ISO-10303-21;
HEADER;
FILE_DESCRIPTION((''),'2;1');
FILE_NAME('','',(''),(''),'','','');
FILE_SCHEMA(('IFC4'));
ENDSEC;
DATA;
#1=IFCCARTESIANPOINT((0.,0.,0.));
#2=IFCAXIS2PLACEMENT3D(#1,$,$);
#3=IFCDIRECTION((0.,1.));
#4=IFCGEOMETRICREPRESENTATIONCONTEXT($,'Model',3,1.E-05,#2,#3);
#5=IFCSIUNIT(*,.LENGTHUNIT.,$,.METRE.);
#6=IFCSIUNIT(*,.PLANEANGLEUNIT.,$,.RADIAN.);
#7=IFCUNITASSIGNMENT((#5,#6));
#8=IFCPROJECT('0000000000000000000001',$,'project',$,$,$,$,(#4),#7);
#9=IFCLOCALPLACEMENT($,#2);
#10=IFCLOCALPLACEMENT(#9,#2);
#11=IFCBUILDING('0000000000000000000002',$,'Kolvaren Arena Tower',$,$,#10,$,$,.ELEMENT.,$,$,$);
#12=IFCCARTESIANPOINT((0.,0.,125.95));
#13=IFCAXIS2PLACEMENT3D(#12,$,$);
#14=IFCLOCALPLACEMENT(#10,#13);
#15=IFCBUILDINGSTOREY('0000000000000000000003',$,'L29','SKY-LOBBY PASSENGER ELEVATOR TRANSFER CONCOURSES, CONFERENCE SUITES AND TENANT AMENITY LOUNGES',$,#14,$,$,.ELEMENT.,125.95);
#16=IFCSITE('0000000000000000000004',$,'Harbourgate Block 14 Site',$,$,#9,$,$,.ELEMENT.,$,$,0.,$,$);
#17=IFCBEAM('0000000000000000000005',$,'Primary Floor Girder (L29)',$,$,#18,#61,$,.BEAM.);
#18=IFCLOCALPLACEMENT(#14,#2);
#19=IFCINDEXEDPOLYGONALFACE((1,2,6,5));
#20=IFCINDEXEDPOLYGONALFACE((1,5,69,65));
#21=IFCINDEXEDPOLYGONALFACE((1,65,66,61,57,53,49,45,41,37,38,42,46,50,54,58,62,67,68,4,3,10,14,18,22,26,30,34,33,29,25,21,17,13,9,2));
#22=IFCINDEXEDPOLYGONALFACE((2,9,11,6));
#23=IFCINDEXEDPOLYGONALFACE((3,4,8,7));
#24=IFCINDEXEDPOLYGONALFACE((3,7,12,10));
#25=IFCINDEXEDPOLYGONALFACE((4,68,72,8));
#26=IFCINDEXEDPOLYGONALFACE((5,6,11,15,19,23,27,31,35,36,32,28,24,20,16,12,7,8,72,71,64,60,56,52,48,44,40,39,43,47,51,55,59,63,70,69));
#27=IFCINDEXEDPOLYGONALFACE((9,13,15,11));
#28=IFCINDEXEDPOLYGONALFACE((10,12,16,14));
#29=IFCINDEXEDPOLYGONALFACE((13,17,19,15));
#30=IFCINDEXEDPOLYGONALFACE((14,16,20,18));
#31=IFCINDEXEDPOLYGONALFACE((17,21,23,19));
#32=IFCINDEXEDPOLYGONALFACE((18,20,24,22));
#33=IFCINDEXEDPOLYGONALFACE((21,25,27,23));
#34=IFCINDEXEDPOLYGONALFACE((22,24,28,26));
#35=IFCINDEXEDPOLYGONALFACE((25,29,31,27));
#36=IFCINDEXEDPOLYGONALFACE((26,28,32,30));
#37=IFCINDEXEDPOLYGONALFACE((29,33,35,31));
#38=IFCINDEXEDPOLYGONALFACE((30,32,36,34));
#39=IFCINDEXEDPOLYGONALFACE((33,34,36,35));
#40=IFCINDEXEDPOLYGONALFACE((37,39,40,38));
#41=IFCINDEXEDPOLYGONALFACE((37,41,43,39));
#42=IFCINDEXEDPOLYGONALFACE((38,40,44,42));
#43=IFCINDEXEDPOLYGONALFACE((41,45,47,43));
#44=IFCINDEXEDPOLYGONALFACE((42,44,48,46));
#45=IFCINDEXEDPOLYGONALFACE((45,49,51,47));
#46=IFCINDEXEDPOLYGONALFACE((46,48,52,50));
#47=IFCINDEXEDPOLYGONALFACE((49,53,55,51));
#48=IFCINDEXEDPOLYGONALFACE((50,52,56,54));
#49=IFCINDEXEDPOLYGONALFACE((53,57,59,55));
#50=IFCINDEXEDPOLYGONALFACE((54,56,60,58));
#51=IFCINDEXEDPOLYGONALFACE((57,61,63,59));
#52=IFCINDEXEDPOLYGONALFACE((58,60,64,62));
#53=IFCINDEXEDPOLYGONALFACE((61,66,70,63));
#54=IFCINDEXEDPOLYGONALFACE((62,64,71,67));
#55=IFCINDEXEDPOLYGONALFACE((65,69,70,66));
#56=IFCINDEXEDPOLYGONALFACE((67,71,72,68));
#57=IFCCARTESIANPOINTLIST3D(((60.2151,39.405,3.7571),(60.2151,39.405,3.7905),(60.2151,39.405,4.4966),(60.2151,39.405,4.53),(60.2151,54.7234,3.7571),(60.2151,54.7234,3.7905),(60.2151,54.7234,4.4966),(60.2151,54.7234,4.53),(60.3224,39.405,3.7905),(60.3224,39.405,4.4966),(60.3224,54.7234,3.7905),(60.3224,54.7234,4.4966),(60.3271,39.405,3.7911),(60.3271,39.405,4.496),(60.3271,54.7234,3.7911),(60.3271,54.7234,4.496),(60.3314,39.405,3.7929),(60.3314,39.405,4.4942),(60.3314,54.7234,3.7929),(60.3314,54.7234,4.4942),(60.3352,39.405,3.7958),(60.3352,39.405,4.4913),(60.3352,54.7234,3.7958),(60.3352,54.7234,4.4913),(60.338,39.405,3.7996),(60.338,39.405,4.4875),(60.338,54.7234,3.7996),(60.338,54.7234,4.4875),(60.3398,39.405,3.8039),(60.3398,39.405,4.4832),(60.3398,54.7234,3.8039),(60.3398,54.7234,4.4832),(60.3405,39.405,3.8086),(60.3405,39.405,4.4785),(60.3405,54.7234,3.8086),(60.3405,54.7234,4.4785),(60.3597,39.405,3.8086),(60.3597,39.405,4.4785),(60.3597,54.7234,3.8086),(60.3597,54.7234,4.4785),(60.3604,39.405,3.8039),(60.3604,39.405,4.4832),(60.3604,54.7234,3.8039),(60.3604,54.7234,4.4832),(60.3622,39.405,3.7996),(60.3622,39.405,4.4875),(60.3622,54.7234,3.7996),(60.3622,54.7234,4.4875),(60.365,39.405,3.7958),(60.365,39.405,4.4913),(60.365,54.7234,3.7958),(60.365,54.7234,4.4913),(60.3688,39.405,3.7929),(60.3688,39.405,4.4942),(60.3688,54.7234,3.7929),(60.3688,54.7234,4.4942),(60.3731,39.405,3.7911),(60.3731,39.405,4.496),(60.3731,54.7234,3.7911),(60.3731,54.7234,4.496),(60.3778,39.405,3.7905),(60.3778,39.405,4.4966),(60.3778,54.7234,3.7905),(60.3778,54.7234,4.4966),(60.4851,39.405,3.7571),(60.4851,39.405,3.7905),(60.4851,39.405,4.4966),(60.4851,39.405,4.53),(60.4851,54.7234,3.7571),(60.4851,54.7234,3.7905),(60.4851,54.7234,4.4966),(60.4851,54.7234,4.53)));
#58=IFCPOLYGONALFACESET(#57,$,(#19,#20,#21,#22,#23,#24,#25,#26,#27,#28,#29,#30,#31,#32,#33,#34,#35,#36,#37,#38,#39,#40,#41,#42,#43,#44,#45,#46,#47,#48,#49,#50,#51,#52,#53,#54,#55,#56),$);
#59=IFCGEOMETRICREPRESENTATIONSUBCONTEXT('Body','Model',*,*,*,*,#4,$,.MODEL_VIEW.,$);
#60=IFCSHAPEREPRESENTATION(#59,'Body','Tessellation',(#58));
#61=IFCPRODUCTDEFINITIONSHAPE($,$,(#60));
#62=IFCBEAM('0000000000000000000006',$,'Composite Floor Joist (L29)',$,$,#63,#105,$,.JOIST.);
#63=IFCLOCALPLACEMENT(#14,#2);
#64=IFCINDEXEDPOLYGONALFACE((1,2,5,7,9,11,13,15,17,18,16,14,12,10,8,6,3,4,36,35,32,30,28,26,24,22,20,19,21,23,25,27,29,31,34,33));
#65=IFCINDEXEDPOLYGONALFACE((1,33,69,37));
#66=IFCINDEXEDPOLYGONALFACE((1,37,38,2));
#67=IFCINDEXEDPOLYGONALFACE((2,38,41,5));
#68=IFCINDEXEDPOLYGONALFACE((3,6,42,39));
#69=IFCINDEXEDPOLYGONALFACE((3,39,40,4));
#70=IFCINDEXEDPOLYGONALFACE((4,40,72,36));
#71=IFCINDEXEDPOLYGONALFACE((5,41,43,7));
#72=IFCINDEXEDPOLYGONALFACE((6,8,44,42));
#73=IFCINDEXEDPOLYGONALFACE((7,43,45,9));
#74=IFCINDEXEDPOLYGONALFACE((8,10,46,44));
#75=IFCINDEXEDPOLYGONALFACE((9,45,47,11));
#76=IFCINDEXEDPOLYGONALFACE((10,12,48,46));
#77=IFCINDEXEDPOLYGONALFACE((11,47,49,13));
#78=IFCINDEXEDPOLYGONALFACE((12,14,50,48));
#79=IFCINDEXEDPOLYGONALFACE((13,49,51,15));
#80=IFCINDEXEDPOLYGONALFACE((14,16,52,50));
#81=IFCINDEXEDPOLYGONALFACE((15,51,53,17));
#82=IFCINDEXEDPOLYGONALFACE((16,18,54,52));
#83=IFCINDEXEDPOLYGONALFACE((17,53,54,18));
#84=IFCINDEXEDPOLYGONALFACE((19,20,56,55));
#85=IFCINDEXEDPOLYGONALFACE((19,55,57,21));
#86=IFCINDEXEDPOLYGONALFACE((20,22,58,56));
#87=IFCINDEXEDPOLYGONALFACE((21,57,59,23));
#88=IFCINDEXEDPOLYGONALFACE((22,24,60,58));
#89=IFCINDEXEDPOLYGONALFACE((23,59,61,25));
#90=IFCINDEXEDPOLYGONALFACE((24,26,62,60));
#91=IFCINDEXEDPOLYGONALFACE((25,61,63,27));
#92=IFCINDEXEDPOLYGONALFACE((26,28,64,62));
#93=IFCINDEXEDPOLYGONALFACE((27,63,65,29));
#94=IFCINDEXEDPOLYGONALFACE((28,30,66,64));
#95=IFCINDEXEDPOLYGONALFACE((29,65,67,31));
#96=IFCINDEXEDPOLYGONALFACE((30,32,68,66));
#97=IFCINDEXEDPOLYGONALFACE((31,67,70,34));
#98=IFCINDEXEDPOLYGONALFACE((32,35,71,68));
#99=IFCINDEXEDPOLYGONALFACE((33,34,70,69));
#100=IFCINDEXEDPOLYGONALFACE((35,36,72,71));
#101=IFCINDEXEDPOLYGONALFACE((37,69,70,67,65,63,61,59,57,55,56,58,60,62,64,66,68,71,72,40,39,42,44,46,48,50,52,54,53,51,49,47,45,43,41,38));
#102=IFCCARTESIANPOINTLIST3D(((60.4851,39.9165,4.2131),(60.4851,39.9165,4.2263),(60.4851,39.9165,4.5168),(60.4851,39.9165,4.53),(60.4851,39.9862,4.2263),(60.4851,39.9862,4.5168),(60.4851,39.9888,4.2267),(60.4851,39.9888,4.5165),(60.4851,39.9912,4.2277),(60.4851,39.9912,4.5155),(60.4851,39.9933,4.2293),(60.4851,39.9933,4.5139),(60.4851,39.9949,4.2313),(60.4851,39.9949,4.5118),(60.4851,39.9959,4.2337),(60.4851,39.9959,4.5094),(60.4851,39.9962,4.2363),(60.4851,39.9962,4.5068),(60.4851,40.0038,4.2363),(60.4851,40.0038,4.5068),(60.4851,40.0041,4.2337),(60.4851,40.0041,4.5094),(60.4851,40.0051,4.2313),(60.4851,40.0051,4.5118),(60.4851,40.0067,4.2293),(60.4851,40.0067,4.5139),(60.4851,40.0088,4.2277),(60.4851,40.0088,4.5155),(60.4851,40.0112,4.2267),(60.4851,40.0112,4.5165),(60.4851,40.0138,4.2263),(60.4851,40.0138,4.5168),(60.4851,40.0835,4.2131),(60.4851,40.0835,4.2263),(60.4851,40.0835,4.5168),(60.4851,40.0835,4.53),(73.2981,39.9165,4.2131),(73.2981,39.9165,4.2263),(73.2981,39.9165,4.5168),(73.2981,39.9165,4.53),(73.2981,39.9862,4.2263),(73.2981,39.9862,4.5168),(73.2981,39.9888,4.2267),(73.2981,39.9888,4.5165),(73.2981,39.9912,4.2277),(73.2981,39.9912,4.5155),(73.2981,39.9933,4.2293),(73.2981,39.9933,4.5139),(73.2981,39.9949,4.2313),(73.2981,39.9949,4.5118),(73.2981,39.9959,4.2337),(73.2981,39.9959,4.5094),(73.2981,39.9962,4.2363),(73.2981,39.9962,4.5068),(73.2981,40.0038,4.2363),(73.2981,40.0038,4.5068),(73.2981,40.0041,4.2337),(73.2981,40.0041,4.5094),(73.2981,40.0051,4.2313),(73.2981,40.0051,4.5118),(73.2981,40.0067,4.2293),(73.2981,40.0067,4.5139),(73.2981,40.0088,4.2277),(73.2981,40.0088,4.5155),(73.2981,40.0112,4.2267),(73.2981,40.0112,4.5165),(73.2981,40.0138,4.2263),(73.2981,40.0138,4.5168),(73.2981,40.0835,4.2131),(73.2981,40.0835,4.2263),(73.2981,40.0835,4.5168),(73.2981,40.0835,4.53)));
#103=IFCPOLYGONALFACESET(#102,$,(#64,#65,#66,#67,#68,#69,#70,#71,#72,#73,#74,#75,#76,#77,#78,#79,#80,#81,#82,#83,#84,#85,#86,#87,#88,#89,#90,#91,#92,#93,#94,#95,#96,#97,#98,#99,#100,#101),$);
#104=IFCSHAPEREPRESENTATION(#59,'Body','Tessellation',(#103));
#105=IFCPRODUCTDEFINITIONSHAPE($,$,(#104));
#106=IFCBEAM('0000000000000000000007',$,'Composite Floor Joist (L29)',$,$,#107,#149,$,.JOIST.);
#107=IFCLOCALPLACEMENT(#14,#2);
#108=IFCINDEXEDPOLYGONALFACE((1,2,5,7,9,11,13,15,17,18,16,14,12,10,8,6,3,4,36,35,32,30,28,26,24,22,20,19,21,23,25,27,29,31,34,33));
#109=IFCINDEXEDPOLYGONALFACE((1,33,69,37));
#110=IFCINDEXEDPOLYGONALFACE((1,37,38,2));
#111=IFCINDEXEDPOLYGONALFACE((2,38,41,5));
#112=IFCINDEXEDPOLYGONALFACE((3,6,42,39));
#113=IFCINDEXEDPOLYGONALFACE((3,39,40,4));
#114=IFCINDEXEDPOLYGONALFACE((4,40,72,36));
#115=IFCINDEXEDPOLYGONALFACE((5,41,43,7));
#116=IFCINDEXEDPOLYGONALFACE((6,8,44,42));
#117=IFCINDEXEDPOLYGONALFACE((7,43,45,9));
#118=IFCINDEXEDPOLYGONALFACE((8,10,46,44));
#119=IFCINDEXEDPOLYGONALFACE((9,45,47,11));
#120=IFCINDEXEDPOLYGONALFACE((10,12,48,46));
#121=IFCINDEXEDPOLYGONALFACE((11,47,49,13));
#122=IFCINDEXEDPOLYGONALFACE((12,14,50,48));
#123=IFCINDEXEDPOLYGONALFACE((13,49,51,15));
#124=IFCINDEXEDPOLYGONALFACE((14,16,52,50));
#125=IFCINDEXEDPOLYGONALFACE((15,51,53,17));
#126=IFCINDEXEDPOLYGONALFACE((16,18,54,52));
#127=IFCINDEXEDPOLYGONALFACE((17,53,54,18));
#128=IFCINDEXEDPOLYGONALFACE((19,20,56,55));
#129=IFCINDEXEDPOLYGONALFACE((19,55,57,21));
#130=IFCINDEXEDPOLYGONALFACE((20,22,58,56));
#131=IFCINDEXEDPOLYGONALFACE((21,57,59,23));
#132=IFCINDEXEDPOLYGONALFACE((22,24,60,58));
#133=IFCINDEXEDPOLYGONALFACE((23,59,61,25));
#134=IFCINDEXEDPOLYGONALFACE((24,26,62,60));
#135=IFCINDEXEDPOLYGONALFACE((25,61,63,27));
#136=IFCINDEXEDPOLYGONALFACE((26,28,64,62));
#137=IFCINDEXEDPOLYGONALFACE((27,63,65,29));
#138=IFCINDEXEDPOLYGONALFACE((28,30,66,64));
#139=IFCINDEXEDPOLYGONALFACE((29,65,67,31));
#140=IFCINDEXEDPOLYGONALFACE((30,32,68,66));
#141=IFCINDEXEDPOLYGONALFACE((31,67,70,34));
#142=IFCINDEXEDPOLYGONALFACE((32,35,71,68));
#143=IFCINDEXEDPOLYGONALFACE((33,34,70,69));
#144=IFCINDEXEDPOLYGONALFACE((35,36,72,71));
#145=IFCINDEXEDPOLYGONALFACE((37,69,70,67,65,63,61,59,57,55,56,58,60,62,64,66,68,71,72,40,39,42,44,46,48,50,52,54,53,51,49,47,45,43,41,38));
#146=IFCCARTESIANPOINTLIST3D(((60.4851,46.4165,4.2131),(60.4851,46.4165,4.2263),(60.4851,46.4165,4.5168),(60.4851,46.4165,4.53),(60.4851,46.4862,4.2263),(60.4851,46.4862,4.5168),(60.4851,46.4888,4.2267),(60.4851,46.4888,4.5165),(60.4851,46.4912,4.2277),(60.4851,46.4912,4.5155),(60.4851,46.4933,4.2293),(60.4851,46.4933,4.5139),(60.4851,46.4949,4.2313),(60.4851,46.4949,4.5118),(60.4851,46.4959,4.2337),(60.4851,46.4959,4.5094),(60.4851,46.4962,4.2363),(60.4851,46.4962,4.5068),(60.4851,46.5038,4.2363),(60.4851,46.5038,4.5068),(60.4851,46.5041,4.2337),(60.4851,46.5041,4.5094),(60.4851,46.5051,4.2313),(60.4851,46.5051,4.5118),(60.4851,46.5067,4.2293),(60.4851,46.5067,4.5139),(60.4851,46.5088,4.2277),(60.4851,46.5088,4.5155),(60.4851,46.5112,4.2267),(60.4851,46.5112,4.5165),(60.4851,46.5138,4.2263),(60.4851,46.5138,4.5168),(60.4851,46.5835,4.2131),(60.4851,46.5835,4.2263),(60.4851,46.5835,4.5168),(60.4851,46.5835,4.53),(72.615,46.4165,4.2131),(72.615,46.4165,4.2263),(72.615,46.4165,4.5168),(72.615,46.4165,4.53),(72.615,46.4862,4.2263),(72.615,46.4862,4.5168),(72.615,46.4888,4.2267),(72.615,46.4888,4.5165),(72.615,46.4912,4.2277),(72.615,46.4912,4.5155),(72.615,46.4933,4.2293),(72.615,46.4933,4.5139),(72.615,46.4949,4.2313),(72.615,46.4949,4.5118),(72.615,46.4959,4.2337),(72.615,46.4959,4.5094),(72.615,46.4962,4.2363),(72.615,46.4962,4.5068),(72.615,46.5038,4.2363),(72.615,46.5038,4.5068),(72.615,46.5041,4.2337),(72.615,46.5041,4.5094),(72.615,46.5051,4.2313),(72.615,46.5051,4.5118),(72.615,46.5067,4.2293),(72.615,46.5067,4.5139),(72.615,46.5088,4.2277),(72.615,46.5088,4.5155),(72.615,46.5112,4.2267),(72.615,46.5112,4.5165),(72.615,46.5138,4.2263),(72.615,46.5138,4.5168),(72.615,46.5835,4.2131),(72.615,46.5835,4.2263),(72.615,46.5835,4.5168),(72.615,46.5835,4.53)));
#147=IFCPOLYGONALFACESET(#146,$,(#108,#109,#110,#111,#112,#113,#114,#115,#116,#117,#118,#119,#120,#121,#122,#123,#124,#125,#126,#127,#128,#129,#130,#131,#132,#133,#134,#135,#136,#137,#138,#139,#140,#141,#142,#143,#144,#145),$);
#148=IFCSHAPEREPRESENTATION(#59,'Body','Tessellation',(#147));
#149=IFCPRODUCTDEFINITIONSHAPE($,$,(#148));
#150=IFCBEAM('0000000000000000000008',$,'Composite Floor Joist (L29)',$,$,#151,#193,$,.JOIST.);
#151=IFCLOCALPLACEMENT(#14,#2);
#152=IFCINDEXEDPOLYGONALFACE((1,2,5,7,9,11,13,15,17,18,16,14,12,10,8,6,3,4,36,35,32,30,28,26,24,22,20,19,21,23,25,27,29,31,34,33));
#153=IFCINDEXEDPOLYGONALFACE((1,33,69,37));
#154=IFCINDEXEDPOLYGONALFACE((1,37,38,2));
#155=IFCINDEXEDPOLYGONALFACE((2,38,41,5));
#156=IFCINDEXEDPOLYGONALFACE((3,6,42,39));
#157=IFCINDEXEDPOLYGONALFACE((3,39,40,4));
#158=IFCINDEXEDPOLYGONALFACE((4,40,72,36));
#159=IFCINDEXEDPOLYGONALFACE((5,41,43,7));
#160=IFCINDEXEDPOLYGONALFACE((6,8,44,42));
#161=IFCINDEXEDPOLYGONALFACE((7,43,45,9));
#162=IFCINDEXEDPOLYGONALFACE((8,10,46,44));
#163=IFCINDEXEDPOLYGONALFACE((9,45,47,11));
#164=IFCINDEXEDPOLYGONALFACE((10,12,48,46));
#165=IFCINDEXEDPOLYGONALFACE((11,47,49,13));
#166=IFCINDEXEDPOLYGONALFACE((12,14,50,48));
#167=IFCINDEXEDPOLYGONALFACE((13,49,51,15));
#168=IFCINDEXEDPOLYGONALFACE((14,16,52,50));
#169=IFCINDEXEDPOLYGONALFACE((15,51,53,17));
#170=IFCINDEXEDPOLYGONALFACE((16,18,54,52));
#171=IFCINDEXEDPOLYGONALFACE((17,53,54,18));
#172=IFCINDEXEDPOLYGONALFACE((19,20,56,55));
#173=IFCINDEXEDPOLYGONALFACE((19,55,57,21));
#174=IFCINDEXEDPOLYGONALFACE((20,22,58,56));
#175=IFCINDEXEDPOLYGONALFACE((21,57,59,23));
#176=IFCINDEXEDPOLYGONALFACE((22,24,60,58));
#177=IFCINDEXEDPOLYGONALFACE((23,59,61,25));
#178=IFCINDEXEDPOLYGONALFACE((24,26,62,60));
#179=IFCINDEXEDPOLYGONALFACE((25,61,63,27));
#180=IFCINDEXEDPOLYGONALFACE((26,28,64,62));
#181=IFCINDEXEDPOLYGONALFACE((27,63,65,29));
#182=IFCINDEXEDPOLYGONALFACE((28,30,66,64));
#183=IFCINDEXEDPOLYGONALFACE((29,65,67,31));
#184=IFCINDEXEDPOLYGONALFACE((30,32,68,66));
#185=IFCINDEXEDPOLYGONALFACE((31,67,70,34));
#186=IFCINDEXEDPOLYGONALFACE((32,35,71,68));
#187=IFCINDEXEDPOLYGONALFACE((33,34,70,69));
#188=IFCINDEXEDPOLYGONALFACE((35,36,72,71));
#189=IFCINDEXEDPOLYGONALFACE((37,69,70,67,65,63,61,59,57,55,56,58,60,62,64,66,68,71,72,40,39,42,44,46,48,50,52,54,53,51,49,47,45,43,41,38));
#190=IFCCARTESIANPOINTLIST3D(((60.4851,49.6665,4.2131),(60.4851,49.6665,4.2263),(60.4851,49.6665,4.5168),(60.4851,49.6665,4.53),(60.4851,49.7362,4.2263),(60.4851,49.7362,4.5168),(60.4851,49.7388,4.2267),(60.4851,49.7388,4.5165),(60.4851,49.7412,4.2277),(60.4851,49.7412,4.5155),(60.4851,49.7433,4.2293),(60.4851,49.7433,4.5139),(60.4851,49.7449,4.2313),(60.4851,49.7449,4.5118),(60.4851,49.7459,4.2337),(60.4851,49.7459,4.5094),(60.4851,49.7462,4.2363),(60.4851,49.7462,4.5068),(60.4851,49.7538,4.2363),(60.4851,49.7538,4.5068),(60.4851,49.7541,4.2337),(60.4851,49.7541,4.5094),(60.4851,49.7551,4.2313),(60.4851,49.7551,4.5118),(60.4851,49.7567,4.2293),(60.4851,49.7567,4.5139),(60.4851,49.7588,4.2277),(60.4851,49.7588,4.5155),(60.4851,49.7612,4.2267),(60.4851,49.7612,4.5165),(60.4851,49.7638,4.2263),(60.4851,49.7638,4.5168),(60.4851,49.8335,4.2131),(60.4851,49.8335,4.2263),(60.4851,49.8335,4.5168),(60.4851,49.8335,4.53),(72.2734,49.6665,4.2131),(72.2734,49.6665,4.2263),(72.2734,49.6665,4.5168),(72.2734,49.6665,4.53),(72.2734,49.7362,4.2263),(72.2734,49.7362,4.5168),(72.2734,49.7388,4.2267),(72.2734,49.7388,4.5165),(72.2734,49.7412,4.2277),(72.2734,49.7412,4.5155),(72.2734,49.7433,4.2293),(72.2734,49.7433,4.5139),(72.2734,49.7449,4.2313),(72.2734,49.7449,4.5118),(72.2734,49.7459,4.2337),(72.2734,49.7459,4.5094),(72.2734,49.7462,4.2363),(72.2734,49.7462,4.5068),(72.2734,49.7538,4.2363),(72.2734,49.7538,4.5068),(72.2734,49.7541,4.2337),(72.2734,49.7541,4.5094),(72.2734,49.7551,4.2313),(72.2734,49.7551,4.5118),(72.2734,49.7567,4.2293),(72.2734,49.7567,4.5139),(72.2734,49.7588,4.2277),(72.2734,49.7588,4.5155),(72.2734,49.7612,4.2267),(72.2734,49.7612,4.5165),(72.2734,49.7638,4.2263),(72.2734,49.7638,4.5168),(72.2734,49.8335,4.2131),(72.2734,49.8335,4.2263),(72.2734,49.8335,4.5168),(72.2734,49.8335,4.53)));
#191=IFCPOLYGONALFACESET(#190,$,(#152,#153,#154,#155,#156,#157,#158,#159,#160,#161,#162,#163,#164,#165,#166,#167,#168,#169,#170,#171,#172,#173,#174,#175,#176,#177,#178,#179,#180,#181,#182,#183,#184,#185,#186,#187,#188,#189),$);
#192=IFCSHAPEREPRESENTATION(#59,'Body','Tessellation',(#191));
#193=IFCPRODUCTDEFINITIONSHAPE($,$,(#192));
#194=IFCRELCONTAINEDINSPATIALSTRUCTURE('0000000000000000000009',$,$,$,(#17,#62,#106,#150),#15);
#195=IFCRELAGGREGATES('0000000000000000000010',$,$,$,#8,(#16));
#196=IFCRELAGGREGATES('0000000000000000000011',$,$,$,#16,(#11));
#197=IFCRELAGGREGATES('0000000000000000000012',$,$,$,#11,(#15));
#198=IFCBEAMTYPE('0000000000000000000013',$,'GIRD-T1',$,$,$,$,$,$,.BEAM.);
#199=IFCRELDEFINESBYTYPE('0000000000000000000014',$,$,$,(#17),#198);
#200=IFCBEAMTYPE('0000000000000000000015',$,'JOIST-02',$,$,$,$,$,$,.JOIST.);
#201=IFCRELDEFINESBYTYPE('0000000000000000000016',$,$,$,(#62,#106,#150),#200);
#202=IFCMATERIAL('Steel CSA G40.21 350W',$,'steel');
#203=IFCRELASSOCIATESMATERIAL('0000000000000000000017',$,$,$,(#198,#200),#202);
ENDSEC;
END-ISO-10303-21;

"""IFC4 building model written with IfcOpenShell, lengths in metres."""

from ifc_helpers import new_model, si_unit, direction, frame, origin, origin_2d, place, context, subcontext, project, spatial, i_section, extrude, material, material_profile, profile_set, type_object, element, save


model = new_model("IFC4")

# Units and contexts
model_context = context("Model", 3, precision=1e-05, world=origin(), true_north=direction((0.0, 1.0)))
body_context = subcontext(model_context, "Body", "Model", "MODEL_VIEW")
ifc_project = project(units=[si_unit("LENGTHUNIT", "METRE"), si_unit("PLANEANGLEUNIT", "RADIAN")], contexts=[model_context])

# Site, building, storey
site_placement = place(None, origin())
site = spatial("IfcSite", under=ifc_project, at=site_placement, Name="Harbourgate Block 14 Site", CompositionType="ELEMENT", RefElevation=0.0)
building_placement = place(site_placement, origin())
building = spatial("IfcBuilding", under=site, at=building_placement, Name="Kolvaren Arena Tower", CompositionType="ELEMENT")
storey_placement = place(building_placement, frame((0.0, 0.0, 125.95)))
storey = spatial("IfcBuildingStorey", under=building, at=storey_placement, Name="L29", Description="SKY-LOBBY PASSENGER ELEVATOR TRANSFER CONCOURSES, CONFERENCE SUITES AND TENANT AMENITY LOUNGES", CompositionType="ELEMENT", Elevation=125.95)

# Beams
ifc_material_1 = material(Name="Steel CSA G40.21 350W", Category="steel")
ifc_material_profile_1 = material_profile(ifc_material_1, i_section(OverallWidth=0.27, OverallDepth=0.7729, WebThickness=0.0193, FlangeThickness=0.0334, FilletRadius=0.0181, at=origin_2d()), Name="W760x257")
ifc_profile_set_1 = profile_set([ifc_material_profile_1], Name="Steel CSA G40.21 350W")
beam_type_1 = type_object("IfcBeamType", Name="GIRD-T1", PredefinedType="BEAM", material=ifc_profile_set_1)
beam_1_placement = place(storey_placement, frame((60.3501, 39.405, 4.1436), z_axis=(0.0, 1.0, 0.0), x_axis=(-1.0, 0.0, 0.0)))
element("IfcBeam", 1, at=beam_1_placement, inside=storey, type_object=beam_type_1, Name="Primary Floor Girder (L29)", PredefinedType="BEAM", context=body_context, shape_type="SweptSolid", body=[
    extrude(i_section(OverallWidth=0.27, OverallDepth=0.7729, WebThickness=0.0193, FlangeThickness=0.0334, FilletRadius=0.0181, at=origin_2d()), origin(), (0.0, 0.0, 1.0), 15.3184),
])
ifc_material_profile_2 = material_profile(ifc_material_1, i_section(OverallWidth=0.167, OverallDepth=0.3169, WebThickness=0.0076, FlangeThickness=0.0132, FilletRadius=0.01, at=origin_2d()), Name="W310x52")
ifc_profile_set_2 = profile_set([ifc_material_profile_2], Name="Steel CSA G40.21 350W")
beam_type_2 = type_object("IfcBeamType", Name="JOIST-02", PredefinedType="JOIST", material=ifc_profile_set_2)
beam_2_placement = place(storey_placement, frame((60.4851, 40.0, 4.3716), z_axis=(1.0, 0.0, 0.0), x_axis=(0.0, 1.0, 0.0)))
element("IfcBeam", 2, at=beam_2_placement, inside=storey, type_object=beam_type_2, Name="Composite Floor Joist (L29)", PredefinedType="JOIST", context=body_context, shape_type="SweptSolid", body=[
    extrude(i_section(OverallWidth=0.167, OverallDepth=0.3169, WebThickness=0.0076, FlangeThickness=0.0132, FilletRadius=0.01, at=origin_2d()), origin(), (0.0, 0.0, 1.0), 12.813),
])
beam_3_placement = place(storey_placement, frame((60.4851, 46.5, 4.3716), z_axis=(1.0, 0.0, 0.0), x_axis=(0.0, 1.0, 0.0)))
element("IfcBeam", 3, at=beam_3_placement, inside=storey, type_object=beam_type_2, Name="Composite Floor Joist (L29)", PredefinedType="JOIST", context=body_context, shape_type="SweptSolid", body=[
    extrude(i_section(OverallWidth=0.167, OverallDepth=0.3169, WebThickness=0.0076, FlangeThickness=0.0132, FilletRadius=0.01, at=origin_2d()), origin(), (0.0, 0.0, 1.0), 12.1299),
])
beam_4_placement = place(storey_placement, frame((60.4851, 49.75, 4.3716), z_axis=(1.0, 0.0, 0.0), x_axis=(0.0, 1.0, 0.0)))
element("IfcBeam", 4, at=beam_4_placement, inside=storey, type_object=beam_type_2, Name="Composite Floor Joist (L29)", PredefinedType="JOIST", context=body_context, shape_type="SweptSolid", body=[
    extrude(i_section(OverallWidth=0.167, OverallDepth=0.3169, WebThickness=0.0076, FlangeThickness=0.0132, FilletRadius=0.01, at=origin_2d()), origin(), (0.0, 0.0, 1.0), 11.7883),
])

save(model, "model.ifc")
